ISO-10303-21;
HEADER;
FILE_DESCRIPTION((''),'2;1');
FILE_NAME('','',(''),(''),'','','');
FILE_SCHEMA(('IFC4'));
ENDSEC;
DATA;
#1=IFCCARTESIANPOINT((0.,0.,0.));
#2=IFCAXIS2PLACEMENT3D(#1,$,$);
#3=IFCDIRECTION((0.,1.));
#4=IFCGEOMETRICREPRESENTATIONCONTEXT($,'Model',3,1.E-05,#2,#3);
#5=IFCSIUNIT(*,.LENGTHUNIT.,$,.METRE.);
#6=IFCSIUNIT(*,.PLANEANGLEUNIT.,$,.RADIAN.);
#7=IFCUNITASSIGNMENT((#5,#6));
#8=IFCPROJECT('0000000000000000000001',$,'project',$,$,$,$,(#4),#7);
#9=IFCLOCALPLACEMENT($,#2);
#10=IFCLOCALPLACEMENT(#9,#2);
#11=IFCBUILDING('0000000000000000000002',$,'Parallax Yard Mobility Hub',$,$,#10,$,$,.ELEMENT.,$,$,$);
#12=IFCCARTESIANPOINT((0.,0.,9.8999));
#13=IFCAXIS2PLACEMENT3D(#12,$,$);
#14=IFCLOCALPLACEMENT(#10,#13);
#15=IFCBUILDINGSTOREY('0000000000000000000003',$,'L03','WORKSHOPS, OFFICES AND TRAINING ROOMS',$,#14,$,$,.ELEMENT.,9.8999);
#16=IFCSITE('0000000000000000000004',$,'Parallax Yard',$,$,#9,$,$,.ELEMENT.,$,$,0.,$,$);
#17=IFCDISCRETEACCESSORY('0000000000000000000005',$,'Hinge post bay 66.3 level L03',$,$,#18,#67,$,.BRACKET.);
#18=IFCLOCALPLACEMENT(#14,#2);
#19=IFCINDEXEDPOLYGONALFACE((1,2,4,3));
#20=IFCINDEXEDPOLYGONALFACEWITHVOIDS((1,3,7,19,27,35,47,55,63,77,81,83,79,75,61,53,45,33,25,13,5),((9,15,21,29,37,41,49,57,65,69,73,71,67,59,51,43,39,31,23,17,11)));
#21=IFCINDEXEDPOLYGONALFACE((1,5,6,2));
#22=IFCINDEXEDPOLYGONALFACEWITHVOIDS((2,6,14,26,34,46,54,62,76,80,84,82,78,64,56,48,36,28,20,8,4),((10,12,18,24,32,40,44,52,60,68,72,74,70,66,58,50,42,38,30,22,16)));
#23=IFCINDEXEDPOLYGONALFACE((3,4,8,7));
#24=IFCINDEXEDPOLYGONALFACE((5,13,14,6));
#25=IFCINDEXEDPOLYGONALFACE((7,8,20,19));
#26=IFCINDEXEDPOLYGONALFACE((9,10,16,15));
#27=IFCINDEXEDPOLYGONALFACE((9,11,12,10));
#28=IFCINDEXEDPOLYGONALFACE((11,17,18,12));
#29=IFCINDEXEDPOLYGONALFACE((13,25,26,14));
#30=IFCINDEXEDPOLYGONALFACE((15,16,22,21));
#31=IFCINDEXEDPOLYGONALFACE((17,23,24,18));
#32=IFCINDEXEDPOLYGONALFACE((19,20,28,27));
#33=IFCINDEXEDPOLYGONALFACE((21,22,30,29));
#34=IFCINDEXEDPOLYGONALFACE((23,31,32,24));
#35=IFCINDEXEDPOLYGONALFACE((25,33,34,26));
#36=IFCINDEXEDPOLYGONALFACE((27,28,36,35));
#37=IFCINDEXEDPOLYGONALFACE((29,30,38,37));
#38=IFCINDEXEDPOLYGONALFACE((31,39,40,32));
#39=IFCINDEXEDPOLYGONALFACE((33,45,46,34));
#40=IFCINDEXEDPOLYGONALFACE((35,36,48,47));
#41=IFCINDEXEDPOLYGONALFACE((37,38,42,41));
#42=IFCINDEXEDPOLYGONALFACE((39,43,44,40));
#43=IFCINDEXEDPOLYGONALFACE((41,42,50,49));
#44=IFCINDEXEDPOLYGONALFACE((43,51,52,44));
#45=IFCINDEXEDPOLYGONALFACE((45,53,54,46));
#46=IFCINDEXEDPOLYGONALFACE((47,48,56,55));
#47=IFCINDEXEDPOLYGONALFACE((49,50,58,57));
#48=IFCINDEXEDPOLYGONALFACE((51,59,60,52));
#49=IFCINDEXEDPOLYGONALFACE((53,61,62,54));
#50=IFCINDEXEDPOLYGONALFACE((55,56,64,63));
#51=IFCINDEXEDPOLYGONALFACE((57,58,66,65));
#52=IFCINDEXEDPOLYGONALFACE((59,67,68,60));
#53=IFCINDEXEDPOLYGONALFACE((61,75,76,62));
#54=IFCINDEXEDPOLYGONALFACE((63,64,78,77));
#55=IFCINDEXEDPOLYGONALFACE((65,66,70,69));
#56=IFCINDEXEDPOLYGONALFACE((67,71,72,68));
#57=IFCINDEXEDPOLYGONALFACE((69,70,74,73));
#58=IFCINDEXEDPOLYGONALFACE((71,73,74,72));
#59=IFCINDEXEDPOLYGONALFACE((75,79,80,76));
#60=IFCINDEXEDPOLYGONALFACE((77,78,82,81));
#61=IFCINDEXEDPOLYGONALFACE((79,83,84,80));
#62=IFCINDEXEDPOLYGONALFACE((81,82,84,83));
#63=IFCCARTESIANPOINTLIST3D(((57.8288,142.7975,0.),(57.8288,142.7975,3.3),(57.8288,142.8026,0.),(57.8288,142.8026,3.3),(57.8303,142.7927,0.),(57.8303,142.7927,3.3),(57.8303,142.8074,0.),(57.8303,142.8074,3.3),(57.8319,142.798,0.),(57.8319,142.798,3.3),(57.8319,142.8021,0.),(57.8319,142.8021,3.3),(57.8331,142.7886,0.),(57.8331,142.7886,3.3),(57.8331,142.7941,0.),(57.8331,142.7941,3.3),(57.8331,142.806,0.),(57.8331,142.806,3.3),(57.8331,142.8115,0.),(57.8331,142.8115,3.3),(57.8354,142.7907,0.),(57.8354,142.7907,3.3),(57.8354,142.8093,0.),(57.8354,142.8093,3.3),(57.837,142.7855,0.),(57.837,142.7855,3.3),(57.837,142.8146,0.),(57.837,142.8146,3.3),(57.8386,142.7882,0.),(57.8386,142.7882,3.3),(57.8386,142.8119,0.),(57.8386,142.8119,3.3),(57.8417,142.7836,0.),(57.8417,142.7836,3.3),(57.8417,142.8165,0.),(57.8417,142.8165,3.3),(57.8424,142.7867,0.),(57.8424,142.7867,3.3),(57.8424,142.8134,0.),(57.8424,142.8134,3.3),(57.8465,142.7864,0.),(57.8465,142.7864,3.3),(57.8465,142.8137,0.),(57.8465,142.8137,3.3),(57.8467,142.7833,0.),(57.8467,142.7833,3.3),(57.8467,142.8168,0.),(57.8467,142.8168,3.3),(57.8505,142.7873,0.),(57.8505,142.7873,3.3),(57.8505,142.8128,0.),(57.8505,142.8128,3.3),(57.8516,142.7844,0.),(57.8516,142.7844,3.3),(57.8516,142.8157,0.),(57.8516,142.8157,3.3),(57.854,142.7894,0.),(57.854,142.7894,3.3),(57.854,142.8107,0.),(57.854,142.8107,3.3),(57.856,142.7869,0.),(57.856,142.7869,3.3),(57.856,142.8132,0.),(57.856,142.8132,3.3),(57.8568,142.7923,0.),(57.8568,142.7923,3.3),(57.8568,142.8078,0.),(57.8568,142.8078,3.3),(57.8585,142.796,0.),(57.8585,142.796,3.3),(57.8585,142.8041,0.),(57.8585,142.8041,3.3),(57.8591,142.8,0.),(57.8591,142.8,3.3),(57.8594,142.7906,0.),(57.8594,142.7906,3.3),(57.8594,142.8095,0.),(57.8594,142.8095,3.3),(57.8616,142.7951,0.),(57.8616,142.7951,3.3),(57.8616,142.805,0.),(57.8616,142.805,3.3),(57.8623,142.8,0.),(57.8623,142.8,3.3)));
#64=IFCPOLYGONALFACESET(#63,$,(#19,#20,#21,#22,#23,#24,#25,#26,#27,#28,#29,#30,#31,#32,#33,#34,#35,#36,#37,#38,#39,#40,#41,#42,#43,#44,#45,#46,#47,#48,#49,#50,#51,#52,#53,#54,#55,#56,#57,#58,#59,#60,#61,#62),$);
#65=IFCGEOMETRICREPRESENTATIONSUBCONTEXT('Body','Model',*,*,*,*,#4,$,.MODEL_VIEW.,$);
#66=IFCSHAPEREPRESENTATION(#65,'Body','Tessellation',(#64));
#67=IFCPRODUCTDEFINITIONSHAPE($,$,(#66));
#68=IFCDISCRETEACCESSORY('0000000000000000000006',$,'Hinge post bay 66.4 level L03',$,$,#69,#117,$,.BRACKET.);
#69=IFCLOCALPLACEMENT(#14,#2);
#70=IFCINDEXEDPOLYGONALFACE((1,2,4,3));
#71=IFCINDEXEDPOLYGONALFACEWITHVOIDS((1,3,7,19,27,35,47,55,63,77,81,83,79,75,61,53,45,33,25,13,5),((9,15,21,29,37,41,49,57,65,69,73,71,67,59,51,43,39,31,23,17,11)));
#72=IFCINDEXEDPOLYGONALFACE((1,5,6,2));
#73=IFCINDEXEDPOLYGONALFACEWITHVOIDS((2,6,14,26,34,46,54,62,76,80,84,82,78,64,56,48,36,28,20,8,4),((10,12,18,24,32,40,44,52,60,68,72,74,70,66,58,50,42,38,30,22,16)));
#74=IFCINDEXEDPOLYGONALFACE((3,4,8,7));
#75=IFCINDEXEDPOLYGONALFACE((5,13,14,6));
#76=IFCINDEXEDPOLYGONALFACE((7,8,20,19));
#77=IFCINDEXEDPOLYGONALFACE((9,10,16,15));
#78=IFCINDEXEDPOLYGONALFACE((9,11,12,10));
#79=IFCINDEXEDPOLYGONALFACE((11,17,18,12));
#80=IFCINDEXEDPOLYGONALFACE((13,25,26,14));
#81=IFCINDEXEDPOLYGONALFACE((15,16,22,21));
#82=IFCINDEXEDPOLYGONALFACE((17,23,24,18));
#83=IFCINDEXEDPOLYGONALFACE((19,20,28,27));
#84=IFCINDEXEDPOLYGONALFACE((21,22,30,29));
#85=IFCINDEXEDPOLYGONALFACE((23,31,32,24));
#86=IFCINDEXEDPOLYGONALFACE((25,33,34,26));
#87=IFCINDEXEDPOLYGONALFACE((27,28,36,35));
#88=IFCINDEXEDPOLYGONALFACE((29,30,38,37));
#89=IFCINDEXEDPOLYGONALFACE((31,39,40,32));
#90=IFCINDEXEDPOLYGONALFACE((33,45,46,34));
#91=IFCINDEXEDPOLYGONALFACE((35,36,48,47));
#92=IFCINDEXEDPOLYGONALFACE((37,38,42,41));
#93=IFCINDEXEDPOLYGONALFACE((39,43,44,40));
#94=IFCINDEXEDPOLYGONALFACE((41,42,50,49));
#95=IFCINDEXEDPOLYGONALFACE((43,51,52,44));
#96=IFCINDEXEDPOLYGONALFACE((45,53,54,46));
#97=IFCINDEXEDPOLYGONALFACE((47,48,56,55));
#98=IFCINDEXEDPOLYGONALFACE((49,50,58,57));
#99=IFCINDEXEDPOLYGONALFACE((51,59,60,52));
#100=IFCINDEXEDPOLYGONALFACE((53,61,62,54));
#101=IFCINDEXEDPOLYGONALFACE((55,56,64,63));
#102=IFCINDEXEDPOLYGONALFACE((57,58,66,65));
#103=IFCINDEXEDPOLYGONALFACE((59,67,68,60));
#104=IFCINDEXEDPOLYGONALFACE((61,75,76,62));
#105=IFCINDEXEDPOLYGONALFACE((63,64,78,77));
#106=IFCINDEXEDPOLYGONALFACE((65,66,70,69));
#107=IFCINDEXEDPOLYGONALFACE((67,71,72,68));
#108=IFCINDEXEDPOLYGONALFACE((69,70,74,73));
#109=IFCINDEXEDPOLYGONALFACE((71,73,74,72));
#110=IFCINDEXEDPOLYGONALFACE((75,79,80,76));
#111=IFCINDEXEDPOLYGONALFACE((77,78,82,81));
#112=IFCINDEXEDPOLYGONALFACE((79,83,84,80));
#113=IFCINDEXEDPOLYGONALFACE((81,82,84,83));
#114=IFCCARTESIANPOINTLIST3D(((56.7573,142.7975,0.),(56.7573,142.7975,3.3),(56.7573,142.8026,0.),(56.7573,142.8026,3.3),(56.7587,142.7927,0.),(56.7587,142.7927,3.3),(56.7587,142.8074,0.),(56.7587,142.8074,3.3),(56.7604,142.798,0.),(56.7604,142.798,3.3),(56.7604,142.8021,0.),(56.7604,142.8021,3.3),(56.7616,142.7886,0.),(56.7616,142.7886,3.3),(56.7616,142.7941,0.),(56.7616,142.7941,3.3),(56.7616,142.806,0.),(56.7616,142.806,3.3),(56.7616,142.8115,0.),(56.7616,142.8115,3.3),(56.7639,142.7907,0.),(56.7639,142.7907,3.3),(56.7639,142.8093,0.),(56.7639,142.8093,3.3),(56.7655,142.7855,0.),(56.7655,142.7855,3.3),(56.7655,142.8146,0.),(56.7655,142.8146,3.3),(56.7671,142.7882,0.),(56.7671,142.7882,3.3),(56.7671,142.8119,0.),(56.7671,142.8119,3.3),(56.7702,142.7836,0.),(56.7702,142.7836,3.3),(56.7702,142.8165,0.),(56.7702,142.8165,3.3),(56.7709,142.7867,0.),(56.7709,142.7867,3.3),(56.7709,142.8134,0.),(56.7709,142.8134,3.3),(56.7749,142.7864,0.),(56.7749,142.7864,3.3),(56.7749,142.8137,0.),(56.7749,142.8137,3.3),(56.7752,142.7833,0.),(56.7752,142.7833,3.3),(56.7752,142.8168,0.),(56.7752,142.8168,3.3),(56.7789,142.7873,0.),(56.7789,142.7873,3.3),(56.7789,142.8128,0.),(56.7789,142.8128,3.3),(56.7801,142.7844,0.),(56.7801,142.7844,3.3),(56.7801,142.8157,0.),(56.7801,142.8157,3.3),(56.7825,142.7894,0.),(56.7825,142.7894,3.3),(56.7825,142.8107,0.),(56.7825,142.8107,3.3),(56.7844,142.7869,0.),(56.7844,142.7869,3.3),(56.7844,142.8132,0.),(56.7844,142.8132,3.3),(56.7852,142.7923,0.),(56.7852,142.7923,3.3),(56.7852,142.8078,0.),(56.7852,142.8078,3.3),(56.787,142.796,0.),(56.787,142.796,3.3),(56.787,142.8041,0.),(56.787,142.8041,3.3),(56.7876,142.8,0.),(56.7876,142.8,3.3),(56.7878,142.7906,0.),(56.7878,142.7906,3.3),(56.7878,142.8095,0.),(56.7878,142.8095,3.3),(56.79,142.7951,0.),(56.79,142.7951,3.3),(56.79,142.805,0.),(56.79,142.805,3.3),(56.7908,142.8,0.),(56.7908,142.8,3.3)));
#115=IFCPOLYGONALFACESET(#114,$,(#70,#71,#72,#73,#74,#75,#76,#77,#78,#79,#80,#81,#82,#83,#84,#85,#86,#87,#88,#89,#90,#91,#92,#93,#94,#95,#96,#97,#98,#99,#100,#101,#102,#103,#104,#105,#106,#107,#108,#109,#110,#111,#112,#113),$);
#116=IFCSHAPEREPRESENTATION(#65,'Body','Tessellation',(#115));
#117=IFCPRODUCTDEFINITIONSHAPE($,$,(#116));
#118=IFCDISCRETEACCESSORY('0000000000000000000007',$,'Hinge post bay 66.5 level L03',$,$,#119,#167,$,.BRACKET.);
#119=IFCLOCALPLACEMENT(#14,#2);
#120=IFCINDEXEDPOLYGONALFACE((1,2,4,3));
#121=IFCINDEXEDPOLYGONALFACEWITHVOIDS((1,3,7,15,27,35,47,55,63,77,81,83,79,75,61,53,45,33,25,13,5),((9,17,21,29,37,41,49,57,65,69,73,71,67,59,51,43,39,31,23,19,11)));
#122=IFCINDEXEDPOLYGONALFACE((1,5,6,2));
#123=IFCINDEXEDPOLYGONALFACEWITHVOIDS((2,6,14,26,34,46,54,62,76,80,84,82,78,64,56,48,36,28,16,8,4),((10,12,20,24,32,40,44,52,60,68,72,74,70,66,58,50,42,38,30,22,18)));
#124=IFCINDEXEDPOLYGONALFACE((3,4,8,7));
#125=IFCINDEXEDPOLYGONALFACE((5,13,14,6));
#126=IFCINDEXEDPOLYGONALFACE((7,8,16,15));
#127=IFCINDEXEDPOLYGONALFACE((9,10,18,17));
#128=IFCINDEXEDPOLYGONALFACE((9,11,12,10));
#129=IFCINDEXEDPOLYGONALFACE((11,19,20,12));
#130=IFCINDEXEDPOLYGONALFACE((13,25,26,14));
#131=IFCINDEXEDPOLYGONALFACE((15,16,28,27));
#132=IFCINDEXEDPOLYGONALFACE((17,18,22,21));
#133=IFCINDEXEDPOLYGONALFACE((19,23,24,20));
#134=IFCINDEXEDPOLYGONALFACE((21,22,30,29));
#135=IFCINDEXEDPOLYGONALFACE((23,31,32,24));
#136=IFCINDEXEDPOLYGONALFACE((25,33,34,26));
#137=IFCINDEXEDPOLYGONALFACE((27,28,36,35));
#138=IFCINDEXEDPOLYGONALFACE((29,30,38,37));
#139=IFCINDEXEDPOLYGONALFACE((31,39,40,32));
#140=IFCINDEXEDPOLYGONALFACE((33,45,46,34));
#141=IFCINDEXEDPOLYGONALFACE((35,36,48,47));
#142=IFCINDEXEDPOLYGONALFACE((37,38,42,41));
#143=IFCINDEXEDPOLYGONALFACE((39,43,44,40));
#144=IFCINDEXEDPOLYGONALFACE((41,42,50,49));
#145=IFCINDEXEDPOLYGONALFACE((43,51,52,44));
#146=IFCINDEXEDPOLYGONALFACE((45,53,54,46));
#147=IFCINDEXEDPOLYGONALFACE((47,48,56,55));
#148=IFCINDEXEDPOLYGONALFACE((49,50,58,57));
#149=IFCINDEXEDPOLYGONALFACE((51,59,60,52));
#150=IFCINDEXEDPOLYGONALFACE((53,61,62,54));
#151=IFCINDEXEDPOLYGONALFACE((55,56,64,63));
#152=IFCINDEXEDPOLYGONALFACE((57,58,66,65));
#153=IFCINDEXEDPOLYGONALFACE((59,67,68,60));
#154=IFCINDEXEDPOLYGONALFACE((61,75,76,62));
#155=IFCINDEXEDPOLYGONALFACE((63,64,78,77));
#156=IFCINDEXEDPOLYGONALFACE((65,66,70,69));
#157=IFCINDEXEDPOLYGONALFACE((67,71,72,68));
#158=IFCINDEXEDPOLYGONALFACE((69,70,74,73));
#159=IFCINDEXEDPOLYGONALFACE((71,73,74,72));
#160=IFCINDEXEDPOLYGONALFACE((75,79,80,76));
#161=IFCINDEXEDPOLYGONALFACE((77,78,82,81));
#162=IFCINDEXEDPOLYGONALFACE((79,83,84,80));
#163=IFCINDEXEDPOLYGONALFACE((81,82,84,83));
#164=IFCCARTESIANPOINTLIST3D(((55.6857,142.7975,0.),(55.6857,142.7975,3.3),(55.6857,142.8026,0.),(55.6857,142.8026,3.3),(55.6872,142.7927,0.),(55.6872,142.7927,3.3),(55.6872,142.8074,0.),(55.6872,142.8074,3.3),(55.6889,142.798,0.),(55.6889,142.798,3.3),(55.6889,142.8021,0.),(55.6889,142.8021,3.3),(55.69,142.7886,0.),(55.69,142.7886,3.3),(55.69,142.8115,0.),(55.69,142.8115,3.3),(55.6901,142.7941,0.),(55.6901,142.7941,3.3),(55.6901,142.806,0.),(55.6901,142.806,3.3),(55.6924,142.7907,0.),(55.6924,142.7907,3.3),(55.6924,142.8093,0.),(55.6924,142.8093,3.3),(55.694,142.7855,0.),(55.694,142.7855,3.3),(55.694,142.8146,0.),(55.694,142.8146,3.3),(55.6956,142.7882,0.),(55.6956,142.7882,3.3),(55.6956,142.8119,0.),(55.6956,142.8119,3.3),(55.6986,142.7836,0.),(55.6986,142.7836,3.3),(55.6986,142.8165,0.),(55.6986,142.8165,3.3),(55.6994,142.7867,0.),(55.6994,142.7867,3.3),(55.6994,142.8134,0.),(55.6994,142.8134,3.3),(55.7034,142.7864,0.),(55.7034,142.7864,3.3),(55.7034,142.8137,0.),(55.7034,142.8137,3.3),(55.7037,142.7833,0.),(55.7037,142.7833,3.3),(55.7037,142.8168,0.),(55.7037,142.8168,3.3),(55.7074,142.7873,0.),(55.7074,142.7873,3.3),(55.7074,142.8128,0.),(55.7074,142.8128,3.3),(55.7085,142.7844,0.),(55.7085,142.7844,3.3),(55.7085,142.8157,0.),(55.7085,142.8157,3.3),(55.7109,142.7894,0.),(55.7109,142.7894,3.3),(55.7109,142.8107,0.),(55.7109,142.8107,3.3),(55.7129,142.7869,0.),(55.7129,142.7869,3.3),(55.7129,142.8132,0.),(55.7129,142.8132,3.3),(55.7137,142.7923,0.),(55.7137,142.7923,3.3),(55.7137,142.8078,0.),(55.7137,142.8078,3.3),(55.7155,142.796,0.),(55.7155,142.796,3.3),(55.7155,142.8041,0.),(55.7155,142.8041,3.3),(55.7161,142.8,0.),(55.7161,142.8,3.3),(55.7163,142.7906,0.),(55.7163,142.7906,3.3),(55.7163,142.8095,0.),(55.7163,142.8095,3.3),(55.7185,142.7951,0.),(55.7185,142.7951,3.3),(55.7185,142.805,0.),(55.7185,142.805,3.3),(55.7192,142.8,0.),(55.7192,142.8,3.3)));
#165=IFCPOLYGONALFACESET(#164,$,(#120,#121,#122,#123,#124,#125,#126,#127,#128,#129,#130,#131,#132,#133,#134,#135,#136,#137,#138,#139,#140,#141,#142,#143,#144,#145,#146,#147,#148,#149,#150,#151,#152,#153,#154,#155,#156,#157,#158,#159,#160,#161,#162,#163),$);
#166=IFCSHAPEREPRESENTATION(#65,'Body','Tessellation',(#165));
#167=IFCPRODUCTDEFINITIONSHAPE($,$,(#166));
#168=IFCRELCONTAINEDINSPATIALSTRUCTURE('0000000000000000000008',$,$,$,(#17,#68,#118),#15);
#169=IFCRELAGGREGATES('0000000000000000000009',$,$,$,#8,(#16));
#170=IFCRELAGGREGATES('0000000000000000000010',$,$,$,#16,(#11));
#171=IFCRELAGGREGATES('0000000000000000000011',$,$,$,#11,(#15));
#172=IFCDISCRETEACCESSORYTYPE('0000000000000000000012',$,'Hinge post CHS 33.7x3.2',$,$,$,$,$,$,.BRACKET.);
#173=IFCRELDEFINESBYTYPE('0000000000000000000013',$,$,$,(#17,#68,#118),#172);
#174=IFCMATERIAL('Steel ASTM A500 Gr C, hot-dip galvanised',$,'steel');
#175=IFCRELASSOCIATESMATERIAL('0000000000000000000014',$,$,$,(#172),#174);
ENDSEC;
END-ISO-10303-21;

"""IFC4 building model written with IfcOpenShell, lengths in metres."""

from ifc_helpers import new_model, si_unit, direction, frame, origin, origin_2d, place, context, subcontext, project, spatial, hollow_circle, extrude, material, material_profile, profile_set, type_object, element, save


model = new_model("IFC4")

# Units and contexts
model_context = context("Model", 3, precision=1e-05, world=origin(), true_north=direction((0.0, 1.0)))
body_context = subcontext(model_context, "Body", "Model", "MODEL_VIEW")
ifc_project = project(units=[si_unit("LENGTHUNIT", "METRE"), si_unit("PLANEANGLEUNIT", "RADIAN")], contexts=[model_context])

# Site, building, storey
site_placement = place(None, origin())
site = spatial("IfcSite", under=ifc_project, at=site_placement, Name="Parallax Yard", CompositionType="ELEMENT", RefElevation=0.0)
building_placement = place(site_placement, origin())
building = spatial("IfcBuilding", under=site, at=building_placement, Name="Parallax Yard Mobility Hub", CompositionType="ELEMENT")
storey_placement = place(building_placement, frame((0.0, 0.0, 9.8999)))
storey = spatial("IfcBuildingStorey", under=building, at=storey_placement, Name="L03", Description="WORKSHOPS, OFFICES AND TRAINING ROOMS", CompositionType="ELEMENT", Elevation=9.8999)

# Discrete accessories
ifc_material_1 = material(Name="Steel ASTM A500 Gr C, hot-dip galvanised", Category="steel")
ifc_material_profile = material_profile(ifc_material_1, hollow_circle(Radius=0.0168, WallThickness=0.0032, at=origin_2d()), Name="CHS 33.7x3.2")
ifc_profile_set = profile_set([ifc_material_profile], Name="Steel ASTM A500 Gr C, hot-dip galvanised")
discrete_accessory_type_1 = type_object("IfcDiscreteAccessoryType", Name="Hinge post CHS 33.7x3.2", PredefinedType="BRACKET", material=ifc_profile_set)
for number, where, z_axis, x_axis, name in (
    (1, (57.8455, 142.8, 0.0), (0.0, 0.0, 1.0), (1.0, 0.0, 0.0), "Hinge post bay 66.3 level L03"),
    (2, (56.7739, 142.8, 0.0), (0.0, 0.0, 1.0), (1.0, 0.0, 0.0), "Hinge post bay 66.4 level L03"),
    (3, (55.7024, 142.8, 0.0), (0.0, 0.0, 1.0), (1.0, 0.0, 0.0), "Hinge post bay 66.5 level L03"),
):
    element("IfcDiscreteAccessory", number, at=place(storey_placement, frame(where, z_axis=z_axis, x_axis=x_axis)), inside=storey, type_object=discrete_accessory_type_1, Name=name, PredefinedType="BRACKET", context=body_context, shape_type="SweptSolid", body=[
        extrude(hollow_circle(Radius=0.0168, WallThickness=0.0032, at=origin_2d()), origin(), (0.0, 0.0, 1.0), 3.3),
    ])

save(model, "model.ifc")
